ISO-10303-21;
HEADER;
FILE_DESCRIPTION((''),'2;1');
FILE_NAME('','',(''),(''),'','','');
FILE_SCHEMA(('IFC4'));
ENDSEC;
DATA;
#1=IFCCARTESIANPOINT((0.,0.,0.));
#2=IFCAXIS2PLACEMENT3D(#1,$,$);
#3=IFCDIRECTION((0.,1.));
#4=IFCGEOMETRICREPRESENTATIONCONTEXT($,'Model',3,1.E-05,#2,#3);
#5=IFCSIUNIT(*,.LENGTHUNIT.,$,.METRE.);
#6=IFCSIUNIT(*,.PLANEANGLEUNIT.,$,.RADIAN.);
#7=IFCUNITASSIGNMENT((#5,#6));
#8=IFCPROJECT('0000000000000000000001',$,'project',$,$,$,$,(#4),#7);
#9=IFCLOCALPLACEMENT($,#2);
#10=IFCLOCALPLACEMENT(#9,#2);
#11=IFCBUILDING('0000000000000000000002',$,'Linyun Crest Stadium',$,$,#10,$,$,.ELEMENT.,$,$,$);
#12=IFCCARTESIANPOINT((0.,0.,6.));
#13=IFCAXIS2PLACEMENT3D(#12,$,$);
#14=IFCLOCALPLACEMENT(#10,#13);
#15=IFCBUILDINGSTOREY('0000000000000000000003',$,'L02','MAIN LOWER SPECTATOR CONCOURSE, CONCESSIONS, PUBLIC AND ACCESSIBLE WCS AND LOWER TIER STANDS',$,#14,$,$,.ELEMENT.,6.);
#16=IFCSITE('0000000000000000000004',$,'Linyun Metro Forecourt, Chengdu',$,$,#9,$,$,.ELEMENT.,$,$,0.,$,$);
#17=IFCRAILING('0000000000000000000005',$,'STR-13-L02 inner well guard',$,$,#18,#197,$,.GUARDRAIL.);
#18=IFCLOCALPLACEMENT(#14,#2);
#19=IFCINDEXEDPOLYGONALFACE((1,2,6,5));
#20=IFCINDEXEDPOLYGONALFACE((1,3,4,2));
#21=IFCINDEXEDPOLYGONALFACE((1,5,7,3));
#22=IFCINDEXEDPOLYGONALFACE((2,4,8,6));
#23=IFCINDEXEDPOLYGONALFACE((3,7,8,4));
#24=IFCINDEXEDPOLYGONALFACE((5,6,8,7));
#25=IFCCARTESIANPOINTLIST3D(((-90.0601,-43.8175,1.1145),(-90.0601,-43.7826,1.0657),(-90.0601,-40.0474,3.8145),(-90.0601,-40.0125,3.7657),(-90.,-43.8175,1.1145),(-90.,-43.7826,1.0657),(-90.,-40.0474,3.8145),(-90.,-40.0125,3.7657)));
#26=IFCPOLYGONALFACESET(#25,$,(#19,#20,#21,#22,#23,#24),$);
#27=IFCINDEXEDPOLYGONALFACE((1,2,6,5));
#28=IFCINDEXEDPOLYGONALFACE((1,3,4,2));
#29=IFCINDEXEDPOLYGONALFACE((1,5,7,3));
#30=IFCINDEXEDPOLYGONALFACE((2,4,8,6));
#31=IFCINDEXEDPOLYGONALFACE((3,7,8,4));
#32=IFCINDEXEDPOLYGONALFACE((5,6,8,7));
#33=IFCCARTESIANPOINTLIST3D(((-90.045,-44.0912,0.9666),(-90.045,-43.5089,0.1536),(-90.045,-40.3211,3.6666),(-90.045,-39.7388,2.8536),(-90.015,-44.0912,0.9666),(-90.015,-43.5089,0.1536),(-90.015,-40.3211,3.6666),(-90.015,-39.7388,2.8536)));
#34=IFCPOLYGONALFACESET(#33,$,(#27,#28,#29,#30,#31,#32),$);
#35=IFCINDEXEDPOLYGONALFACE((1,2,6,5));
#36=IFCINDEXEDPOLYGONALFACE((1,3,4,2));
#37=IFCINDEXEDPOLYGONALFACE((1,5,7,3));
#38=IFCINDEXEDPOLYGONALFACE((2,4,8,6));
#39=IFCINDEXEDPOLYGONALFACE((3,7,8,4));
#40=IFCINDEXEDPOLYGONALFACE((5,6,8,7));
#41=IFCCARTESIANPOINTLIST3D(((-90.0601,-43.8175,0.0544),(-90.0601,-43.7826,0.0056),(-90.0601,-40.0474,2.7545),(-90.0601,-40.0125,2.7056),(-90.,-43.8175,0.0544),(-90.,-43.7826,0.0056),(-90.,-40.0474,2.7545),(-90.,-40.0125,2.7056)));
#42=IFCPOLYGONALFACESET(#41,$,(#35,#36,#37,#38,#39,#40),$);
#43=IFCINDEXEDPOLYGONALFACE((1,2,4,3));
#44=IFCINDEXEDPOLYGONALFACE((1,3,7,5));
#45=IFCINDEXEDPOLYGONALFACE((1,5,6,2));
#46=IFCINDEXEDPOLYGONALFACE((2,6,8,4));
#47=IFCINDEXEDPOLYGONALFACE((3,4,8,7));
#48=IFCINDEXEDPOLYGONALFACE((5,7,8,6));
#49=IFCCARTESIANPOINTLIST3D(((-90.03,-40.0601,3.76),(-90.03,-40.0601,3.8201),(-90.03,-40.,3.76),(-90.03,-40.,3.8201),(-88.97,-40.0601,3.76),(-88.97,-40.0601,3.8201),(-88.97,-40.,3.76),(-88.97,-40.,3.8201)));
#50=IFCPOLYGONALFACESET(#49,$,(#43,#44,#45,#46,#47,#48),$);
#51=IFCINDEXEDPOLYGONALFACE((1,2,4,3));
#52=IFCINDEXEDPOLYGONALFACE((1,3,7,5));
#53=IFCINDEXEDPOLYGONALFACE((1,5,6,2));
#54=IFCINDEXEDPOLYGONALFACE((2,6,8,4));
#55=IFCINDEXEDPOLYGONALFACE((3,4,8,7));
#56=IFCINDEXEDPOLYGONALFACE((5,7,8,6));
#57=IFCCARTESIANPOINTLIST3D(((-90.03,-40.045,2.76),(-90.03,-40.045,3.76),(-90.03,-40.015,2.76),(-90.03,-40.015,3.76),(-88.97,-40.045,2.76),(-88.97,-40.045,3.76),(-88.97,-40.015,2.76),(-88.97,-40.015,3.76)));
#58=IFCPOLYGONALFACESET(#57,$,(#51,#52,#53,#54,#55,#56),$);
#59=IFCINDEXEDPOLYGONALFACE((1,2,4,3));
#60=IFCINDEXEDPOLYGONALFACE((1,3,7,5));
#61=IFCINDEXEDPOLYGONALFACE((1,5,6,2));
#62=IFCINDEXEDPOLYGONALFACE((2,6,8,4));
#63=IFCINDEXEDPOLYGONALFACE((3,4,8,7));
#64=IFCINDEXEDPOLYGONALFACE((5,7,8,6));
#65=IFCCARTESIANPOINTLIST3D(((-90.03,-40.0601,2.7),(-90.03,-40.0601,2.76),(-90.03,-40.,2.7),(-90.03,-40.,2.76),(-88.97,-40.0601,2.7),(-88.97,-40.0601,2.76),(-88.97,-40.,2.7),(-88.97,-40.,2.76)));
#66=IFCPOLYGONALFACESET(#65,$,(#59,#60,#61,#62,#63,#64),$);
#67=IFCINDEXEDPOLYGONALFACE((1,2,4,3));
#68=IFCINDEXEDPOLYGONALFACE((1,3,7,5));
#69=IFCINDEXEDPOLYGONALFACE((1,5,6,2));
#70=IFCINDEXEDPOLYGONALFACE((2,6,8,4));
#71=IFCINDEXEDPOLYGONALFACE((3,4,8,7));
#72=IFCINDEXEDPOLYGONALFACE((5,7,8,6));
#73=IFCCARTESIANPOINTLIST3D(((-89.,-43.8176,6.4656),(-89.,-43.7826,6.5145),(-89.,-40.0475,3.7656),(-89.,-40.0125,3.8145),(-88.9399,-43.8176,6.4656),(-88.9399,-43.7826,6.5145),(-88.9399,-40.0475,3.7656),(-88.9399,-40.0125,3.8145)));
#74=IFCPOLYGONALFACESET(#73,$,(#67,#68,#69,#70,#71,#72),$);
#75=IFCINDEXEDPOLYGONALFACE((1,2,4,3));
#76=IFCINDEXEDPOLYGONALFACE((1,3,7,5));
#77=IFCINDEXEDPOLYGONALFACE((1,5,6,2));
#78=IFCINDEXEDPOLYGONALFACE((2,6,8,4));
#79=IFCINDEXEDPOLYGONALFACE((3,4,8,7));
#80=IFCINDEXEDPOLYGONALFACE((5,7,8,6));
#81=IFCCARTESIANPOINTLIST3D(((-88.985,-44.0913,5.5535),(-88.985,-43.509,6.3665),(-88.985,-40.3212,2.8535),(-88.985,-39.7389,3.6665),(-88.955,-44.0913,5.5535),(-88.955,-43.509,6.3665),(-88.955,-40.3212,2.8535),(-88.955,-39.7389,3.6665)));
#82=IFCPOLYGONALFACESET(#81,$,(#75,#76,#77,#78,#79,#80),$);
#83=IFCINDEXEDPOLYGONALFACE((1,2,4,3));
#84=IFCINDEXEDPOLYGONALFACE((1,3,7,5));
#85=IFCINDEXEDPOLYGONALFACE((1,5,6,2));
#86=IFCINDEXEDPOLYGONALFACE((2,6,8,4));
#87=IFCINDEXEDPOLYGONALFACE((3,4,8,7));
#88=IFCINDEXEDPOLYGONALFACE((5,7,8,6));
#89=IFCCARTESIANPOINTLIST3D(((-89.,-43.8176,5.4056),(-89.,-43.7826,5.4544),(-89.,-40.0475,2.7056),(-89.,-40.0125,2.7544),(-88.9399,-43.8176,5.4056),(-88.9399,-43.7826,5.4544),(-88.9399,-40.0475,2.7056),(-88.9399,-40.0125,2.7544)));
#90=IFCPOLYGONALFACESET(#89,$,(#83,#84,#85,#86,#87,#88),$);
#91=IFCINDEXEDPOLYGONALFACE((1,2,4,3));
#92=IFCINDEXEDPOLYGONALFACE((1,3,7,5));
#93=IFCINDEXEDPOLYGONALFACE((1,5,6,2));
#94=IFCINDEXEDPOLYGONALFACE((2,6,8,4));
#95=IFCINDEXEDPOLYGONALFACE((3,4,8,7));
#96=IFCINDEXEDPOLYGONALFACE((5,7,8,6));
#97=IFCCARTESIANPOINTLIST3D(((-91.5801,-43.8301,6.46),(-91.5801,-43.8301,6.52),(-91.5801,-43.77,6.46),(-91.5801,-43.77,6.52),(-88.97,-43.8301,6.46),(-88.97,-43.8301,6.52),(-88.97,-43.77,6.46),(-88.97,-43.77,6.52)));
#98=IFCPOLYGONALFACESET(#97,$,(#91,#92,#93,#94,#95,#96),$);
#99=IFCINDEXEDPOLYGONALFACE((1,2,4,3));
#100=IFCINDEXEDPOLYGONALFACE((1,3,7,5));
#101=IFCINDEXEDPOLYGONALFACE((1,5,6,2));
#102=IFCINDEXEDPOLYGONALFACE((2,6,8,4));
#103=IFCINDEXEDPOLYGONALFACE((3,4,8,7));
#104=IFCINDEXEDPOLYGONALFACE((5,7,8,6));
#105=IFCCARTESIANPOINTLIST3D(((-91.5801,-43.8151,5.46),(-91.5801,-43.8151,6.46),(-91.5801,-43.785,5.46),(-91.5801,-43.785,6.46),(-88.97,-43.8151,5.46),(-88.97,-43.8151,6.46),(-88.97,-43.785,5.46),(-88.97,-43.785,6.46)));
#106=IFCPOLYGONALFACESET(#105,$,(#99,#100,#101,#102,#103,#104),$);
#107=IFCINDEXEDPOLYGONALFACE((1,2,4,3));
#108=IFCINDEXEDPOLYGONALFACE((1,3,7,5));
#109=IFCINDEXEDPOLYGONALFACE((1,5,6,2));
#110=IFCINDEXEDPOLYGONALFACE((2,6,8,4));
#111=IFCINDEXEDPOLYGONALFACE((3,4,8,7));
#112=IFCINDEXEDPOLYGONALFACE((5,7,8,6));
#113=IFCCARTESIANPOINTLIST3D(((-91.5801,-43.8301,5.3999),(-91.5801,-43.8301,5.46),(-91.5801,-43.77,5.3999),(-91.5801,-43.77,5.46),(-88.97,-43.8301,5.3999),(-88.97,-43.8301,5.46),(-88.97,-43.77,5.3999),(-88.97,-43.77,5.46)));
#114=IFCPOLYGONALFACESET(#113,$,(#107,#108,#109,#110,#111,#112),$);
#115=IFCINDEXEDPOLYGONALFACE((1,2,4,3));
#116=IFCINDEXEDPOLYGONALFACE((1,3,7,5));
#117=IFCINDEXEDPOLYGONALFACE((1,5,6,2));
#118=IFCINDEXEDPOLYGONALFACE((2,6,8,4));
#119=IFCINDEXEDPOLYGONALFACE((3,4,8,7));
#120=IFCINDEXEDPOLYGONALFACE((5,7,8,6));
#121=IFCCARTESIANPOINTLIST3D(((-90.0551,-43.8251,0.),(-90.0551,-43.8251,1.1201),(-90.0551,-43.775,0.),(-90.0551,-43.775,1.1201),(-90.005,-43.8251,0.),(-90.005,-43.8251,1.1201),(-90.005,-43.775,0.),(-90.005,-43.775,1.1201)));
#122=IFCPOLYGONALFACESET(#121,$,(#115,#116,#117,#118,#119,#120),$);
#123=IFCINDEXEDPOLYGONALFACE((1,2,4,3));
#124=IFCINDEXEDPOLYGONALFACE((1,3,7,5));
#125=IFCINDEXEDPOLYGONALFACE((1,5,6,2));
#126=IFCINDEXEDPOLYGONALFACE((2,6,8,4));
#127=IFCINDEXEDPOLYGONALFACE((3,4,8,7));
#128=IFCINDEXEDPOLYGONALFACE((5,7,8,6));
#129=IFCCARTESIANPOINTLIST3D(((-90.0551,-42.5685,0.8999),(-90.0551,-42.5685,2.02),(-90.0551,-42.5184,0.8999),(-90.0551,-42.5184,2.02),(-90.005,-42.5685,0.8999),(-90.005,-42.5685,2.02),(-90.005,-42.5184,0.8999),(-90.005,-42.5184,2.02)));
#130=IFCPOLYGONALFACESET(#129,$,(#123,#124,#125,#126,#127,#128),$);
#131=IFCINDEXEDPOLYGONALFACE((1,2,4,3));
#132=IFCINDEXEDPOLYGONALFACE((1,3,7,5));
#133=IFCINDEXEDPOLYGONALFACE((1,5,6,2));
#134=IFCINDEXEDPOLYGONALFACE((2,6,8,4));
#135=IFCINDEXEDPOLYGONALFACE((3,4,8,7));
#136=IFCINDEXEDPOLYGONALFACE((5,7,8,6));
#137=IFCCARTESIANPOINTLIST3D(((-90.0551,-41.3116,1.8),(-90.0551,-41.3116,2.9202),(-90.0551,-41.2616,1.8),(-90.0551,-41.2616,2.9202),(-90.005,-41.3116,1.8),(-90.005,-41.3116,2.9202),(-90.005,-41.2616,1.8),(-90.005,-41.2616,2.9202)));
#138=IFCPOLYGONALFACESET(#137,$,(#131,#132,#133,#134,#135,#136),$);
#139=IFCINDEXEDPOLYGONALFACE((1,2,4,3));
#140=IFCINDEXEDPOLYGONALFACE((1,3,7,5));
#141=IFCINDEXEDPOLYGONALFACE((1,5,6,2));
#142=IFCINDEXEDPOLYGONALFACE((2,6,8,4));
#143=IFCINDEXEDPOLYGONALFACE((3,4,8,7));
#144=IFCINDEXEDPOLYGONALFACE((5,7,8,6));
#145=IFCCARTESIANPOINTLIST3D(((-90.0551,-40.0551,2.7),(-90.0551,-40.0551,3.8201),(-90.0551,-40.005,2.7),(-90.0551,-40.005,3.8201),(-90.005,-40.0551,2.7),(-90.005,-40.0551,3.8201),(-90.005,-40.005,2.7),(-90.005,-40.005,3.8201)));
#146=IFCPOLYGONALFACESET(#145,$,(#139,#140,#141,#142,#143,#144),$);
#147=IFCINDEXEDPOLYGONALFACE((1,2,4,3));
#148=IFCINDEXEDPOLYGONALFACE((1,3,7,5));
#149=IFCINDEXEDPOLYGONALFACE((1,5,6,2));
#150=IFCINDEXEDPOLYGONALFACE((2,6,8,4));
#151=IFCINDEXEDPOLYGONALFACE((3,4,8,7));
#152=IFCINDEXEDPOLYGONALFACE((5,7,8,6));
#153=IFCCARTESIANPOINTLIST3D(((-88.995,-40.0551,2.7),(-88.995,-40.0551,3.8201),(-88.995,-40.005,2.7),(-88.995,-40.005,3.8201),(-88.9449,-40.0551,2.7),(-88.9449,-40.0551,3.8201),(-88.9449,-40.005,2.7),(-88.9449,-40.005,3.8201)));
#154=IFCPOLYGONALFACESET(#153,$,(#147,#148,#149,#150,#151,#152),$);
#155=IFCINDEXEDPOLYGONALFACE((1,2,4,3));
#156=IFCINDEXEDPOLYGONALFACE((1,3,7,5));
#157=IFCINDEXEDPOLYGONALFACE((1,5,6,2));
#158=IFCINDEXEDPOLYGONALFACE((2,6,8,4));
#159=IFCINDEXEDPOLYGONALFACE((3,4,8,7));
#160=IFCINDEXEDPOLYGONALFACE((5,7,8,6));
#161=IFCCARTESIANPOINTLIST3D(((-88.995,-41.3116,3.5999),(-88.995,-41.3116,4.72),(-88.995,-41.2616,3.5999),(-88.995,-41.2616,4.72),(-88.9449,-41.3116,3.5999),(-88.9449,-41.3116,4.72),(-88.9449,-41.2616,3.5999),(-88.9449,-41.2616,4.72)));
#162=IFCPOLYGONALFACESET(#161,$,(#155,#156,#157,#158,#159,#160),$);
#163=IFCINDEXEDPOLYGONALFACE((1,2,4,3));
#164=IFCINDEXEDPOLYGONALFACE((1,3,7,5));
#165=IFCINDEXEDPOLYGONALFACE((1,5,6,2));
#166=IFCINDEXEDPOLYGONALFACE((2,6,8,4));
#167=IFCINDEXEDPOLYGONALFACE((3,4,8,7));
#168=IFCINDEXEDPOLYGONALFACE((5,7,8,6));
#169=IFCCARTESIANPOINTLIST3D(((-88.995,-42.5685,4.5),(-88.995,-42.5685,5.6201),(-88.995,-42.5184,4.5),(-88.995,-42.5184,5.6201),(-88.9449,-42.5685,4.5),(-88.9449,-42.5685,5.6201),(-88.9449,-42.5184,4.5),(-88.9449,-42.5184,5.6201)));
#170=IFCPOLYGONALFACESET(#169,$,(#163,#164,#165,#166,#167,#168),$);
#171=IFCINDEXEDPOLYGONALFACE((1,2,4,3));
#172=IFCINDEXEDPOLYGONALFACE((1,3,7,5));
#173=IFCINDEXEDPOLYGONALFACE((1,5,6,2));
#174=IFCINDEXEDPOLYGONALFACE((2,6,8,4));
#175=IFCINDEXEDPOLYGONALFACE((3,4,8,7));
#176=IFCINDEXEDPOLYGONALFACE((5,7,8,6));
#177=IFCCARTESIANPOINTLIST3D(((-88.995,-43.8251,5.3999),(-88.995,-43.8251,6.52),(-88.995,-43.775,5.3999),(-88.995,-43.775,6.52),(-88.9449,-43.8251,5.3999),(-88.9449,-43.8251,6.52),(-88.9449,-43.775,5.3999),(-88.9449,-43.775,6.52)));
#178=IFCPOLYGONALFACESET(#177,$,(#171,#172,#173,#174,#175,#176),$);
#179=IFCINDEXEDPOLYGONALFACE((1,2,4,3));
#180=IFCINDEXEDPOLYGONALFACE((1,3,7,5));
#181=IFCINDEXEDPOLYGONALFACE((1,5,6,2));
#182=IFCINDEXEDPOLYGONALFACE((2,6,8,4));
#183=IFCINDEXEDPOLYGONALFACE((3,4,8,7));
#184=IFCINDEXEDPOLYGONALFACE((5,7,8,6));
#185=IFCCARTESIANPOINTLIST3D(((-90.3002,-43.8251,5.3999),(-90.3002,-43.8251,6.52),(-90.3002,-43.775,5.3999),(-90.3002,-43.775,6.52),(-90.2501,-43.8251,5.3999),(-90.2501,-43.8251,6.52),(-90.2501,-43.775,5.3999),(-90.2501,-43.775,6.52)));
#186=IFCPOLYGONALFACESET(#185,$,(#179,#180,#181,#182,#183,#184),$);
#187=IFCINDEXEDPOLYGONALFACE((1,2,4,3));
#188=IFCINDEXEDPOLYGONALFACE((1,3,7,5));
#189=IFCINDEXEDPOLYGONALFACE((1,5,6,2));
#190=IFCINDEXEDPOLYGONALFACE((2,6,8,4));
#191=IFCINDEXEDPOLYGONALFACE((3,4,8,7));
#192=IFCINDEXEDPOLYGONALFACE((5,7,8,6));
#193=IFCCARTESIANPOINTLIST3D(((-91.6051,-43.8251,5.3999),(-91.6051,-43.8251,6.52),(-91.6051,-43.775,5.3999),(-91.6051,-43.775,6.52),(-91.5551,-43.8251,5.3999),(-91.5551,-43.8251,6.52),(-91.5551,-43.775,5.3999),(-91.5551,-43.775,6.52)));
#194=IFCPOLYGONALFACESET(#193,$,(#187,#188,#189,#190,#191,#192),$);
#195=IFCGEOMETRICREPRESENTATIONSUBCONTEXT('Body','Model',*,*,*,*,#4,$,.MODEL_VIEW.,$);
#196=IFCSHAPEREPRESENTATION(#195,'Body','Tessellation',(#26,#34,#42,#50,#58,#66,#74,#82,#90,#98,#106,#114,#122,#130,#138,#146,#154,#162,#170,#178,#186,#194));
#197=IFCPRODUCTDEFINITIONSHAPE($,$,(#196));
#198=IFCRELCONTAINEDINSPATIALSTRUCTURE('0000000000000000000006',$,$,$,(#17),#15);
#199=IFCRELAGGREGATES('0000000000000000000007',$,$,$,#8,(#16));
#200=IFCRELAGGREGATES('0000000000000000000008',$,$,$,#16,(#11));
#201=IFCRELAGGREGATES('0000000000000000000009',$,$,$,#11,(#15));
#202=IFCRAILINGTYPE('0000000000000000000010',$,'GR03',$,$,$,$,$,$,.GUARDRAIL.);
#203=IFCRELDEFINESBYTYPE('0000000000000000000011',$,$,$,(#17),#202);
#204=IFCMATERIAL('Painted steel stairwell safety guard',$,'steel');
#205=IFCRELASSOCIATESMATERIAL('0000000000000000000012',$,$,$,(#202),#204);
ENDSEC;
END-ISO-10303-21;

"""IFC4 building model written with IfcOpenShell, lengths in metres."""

from ifc_helpers import new_model, si_unit, direction, frame, origin, origin_2d, place, context, subcontext, project, spatial, rectangle, extrude, material, type_object, element, save


model = new_model("IFC4")

# Units and contexts
model_context = context("Model", 3, precision=1e-05, world=origin(), true_north=direction((0.0, 1.0)))
body_context = subcontext(model_context, "Body", "Model", "MODEL_VIEW")
ifc_project = project(units=[si_unit("LENGTHUNIT", "METRE"), si_unit("PLANEANGLEUNIT", "RADIAN")], contexts=[model_context])

# Site, building, storey
site_placement = place(None, origin())
site = spatial("IfcSite", under=ifc_project, at=site_placement, Name="Linyun Metro Forecourt, Chengdu", CompositionType="ELEMENT", RefElevation=0.0)
building_placement = place(site_placement, origin())
building = spatial("IfcBuilding", under=site, at=building_placement, Name="Linyun Crest Stadium", CompositionType="ELEMENT")
storey_placement = place(building_placement, frame((0.0, 0.0, 6.0)))
storey = spatial("IfcBuildingStorey", under=building, at=storey_placement, Name="L02", Description="MAIN LOWER SPECTATOR CONCOURSE, CONCESSIONS, PUBLIC AND ACCESSIBLE WCS AND LOWER TIER STANDS", CompositionType="ELEMENT", Elevation=6.0)

# Railing
ifc_material_1 = material(Name="Painted steel stairwell safety guard", Category="steel")
railing_type_1 = type_object("IfcRailingType", Name="GR03", PredefinedType="GUARDRAIL", material=ifc_material_1)
railing_1_placement = place(storey_placement, frame((-90.03, -43.8, 0.0)))
element("IfcRailing", 1, at=railing_1_placement, inside=storey, type_object=railing_type_1, Name="STR-13-L02 inner well guard", PredefinedType="GUARDRAIL", context=body_context, shape_type="SweptSolid", body=[
    extrude(rectangle(XDim=0.0601, YDim=0.0601, at=origin_2d()), frame((0.0, 0.0, 1.0901), z_axis=(0.0, 0.813011, 0.582249), x_axis=(-1.0, 0.0, 0.0)), (0.0, 0.0, 1.0), 4.6372),
    extrude(rectangle(XDim=0.03, YDim=1.0, at=origin_2d()), frame((0.0, 0.0, 0.5601), z_axis=(0.0, 0.813011, 0.582249), x_axis=(-1.0, 0.0, 0.0)), (0.0, 0.0, 1.0), 4.6372),
    extrude(rectangle(XDim=0.0601, YDim=0.0601, at=origin_2d()), frame((0.0, 0.0, 0.03), z_axis=(0.0, 0.813011, 0.582249), x_axis=(-1.0, 0.0, 0.0)), (0.0, 0.0, 1.0), 4.6372),
    extrude(rectangle(XDim=0.0601, YDim=0.0601, at=origin_2d()), frame((0.0, 3.77, 3.79), z_axis=(1.0, 0.0, 0.0), x_axis=(0.0, 1.0, 0.0)), (0.0, 0.0, 1.0), 1.0601),
    extrude(rectangle(XDim=0.03, YDim=1.0, at=origin_2d()), frame((0.0, 3.77, 3.26), z_axis=(1.0, 0.0, 0.0), x_axis=(0.0, 1.0, 0.0)), (0.0, 0.0, 1.0), 1.0601),
    extrude(rectangle(XDim=0.0601, YDim=0.0601, at=origin_2d()), frame((0.0, 3.77, 2.73), z_axis=(1.0, 0.0, 0.0), x_axis=(0.0, 1.0, 0.0)), (0.0, 0.0, 1.0), 1.0601),
    extrude(rectangle(XDim=0.0601, YDim=0.0601, at=origin_2d()), frame((1.0601, 3.77, 3.79), z_axis=(0.0, -0.813011, 0.582249), x_axis=(1.0, 0.0, 0.0)), (0.0, 0.0, 1.0), 4.6372),
    extrude(rectangle(XDim=0.03, YDim=1.0, at=origin_2d()), frame((1.0601, 3.77, 3.26), z_axis=(0.0, -0.813011, 0.582249), x_axis=(1.0, 0.0, 0.0)), (0.0, 0.0, 1.0), 4.6372),
    extrude(rectangle(XDim=0.0601, YDim=0.0601, at=origin_2d()), frame((1.0601, 3.77, 2.73), z_axis=(0.0, -0.813011, 0.582249), x_axis=(1.0, 0.0, 0.0)), (0.0, 0.0, 1.0), 4.6372),
    extrude(rectangle(XDim=0.0601, YDim=0.0601, at=origin_2d()), frame((1.0601, 0.0, 6.49), z_axis=(-1.0, 0.0, 0.0), x_axis=(0.0, -1.0, 0.0)), (0.0, 0.0, 1.0), 2.6101),
    extrude(rectangle(XDim=0.03, YDim=1.0, at=origin_2d()), frame((1.0601, 0.0, 5.96), z_axis=(-1.0, 0.0, 0.0), x_axis=(0.0, -1.0, 0.0)), (0.0, 0.0, 1.0), 2.6101),
    extrude(rectangle(XDim=0.0601, YDim=0.0601, at=origin_2d()), frame((1.0601, 0.0, 5.4299), z_axis=(-1.0, 0.0, 0.0), x_axis=(0.0, -1.0, 0.0)), (0.0, 0.0, 1.0), 2.6101),
    extrude(rectangle(XDim=0.05, YDim=0.05, at=origin_2d()), origin(), (0.0, 0.0, 1.0), 1.1201),
    extrude(rectangle(XDim=0.05, YDim=0.05, at=origin_2d()), frame((0.0, 1.2566, 0.8999)), (0.0, 0.0, 1.0), 1.1201),
    extrude(rectangle(XDim=0.05, YDim=0.05, at=origin_2d()), frame((0.0, 2.5134, 1.8)), (0.0, 0.0, 1.0), 1.1201),
    extrude(rectangle(XDim=0.05, YDim=0.05, at=origin_2d()), frame((0.0, 3.77, 2.7)), (0.0, 0.0, 1.0), 1.1201),
    extrude(rectangle(XDim=0.05, YDim=0.05, at=origin_2d()), frame((1.0601, 3.77, 2.7)), (0.0, 0.0, 1.0), 1.1201),
    extrude(rectangle(XDim=0.05, YDim=0.05, at=origin_2d()), frame((1.0601, 2.5134, 3.5999)), (0.0, 0.0, 1.0), 1.1201),
    extrude(rectangle(XDim=0.05, YDim=0.05, at=origin_2d()), frame((1.0601, 1.2566, 4.5)), (0.0, 0.0, 1.0), 1.1201),
    extrude(rectangle(XDim=0.05, YDim=0.05, at=origin_2d()), frame((1.0601, 0.0, 5.3999)), (0.0, 0.0, 1.0), 1.1201),
    extrude(rectangle(XDim=0.05, YDim=0.05, at=origin_2d()), frame((-0.2451, 0.0, 5.3999)), (0.0, 0.0, 1.0), 1.1201),
    extrude(rectangle(XDim=0.05, YDim=0.05, at=origin_2d()), frame((-1.55, 0.0, 5.3999)), (0.0, 0.0, 1.0), 1.1201),
])

save(model, "model.ifc")
